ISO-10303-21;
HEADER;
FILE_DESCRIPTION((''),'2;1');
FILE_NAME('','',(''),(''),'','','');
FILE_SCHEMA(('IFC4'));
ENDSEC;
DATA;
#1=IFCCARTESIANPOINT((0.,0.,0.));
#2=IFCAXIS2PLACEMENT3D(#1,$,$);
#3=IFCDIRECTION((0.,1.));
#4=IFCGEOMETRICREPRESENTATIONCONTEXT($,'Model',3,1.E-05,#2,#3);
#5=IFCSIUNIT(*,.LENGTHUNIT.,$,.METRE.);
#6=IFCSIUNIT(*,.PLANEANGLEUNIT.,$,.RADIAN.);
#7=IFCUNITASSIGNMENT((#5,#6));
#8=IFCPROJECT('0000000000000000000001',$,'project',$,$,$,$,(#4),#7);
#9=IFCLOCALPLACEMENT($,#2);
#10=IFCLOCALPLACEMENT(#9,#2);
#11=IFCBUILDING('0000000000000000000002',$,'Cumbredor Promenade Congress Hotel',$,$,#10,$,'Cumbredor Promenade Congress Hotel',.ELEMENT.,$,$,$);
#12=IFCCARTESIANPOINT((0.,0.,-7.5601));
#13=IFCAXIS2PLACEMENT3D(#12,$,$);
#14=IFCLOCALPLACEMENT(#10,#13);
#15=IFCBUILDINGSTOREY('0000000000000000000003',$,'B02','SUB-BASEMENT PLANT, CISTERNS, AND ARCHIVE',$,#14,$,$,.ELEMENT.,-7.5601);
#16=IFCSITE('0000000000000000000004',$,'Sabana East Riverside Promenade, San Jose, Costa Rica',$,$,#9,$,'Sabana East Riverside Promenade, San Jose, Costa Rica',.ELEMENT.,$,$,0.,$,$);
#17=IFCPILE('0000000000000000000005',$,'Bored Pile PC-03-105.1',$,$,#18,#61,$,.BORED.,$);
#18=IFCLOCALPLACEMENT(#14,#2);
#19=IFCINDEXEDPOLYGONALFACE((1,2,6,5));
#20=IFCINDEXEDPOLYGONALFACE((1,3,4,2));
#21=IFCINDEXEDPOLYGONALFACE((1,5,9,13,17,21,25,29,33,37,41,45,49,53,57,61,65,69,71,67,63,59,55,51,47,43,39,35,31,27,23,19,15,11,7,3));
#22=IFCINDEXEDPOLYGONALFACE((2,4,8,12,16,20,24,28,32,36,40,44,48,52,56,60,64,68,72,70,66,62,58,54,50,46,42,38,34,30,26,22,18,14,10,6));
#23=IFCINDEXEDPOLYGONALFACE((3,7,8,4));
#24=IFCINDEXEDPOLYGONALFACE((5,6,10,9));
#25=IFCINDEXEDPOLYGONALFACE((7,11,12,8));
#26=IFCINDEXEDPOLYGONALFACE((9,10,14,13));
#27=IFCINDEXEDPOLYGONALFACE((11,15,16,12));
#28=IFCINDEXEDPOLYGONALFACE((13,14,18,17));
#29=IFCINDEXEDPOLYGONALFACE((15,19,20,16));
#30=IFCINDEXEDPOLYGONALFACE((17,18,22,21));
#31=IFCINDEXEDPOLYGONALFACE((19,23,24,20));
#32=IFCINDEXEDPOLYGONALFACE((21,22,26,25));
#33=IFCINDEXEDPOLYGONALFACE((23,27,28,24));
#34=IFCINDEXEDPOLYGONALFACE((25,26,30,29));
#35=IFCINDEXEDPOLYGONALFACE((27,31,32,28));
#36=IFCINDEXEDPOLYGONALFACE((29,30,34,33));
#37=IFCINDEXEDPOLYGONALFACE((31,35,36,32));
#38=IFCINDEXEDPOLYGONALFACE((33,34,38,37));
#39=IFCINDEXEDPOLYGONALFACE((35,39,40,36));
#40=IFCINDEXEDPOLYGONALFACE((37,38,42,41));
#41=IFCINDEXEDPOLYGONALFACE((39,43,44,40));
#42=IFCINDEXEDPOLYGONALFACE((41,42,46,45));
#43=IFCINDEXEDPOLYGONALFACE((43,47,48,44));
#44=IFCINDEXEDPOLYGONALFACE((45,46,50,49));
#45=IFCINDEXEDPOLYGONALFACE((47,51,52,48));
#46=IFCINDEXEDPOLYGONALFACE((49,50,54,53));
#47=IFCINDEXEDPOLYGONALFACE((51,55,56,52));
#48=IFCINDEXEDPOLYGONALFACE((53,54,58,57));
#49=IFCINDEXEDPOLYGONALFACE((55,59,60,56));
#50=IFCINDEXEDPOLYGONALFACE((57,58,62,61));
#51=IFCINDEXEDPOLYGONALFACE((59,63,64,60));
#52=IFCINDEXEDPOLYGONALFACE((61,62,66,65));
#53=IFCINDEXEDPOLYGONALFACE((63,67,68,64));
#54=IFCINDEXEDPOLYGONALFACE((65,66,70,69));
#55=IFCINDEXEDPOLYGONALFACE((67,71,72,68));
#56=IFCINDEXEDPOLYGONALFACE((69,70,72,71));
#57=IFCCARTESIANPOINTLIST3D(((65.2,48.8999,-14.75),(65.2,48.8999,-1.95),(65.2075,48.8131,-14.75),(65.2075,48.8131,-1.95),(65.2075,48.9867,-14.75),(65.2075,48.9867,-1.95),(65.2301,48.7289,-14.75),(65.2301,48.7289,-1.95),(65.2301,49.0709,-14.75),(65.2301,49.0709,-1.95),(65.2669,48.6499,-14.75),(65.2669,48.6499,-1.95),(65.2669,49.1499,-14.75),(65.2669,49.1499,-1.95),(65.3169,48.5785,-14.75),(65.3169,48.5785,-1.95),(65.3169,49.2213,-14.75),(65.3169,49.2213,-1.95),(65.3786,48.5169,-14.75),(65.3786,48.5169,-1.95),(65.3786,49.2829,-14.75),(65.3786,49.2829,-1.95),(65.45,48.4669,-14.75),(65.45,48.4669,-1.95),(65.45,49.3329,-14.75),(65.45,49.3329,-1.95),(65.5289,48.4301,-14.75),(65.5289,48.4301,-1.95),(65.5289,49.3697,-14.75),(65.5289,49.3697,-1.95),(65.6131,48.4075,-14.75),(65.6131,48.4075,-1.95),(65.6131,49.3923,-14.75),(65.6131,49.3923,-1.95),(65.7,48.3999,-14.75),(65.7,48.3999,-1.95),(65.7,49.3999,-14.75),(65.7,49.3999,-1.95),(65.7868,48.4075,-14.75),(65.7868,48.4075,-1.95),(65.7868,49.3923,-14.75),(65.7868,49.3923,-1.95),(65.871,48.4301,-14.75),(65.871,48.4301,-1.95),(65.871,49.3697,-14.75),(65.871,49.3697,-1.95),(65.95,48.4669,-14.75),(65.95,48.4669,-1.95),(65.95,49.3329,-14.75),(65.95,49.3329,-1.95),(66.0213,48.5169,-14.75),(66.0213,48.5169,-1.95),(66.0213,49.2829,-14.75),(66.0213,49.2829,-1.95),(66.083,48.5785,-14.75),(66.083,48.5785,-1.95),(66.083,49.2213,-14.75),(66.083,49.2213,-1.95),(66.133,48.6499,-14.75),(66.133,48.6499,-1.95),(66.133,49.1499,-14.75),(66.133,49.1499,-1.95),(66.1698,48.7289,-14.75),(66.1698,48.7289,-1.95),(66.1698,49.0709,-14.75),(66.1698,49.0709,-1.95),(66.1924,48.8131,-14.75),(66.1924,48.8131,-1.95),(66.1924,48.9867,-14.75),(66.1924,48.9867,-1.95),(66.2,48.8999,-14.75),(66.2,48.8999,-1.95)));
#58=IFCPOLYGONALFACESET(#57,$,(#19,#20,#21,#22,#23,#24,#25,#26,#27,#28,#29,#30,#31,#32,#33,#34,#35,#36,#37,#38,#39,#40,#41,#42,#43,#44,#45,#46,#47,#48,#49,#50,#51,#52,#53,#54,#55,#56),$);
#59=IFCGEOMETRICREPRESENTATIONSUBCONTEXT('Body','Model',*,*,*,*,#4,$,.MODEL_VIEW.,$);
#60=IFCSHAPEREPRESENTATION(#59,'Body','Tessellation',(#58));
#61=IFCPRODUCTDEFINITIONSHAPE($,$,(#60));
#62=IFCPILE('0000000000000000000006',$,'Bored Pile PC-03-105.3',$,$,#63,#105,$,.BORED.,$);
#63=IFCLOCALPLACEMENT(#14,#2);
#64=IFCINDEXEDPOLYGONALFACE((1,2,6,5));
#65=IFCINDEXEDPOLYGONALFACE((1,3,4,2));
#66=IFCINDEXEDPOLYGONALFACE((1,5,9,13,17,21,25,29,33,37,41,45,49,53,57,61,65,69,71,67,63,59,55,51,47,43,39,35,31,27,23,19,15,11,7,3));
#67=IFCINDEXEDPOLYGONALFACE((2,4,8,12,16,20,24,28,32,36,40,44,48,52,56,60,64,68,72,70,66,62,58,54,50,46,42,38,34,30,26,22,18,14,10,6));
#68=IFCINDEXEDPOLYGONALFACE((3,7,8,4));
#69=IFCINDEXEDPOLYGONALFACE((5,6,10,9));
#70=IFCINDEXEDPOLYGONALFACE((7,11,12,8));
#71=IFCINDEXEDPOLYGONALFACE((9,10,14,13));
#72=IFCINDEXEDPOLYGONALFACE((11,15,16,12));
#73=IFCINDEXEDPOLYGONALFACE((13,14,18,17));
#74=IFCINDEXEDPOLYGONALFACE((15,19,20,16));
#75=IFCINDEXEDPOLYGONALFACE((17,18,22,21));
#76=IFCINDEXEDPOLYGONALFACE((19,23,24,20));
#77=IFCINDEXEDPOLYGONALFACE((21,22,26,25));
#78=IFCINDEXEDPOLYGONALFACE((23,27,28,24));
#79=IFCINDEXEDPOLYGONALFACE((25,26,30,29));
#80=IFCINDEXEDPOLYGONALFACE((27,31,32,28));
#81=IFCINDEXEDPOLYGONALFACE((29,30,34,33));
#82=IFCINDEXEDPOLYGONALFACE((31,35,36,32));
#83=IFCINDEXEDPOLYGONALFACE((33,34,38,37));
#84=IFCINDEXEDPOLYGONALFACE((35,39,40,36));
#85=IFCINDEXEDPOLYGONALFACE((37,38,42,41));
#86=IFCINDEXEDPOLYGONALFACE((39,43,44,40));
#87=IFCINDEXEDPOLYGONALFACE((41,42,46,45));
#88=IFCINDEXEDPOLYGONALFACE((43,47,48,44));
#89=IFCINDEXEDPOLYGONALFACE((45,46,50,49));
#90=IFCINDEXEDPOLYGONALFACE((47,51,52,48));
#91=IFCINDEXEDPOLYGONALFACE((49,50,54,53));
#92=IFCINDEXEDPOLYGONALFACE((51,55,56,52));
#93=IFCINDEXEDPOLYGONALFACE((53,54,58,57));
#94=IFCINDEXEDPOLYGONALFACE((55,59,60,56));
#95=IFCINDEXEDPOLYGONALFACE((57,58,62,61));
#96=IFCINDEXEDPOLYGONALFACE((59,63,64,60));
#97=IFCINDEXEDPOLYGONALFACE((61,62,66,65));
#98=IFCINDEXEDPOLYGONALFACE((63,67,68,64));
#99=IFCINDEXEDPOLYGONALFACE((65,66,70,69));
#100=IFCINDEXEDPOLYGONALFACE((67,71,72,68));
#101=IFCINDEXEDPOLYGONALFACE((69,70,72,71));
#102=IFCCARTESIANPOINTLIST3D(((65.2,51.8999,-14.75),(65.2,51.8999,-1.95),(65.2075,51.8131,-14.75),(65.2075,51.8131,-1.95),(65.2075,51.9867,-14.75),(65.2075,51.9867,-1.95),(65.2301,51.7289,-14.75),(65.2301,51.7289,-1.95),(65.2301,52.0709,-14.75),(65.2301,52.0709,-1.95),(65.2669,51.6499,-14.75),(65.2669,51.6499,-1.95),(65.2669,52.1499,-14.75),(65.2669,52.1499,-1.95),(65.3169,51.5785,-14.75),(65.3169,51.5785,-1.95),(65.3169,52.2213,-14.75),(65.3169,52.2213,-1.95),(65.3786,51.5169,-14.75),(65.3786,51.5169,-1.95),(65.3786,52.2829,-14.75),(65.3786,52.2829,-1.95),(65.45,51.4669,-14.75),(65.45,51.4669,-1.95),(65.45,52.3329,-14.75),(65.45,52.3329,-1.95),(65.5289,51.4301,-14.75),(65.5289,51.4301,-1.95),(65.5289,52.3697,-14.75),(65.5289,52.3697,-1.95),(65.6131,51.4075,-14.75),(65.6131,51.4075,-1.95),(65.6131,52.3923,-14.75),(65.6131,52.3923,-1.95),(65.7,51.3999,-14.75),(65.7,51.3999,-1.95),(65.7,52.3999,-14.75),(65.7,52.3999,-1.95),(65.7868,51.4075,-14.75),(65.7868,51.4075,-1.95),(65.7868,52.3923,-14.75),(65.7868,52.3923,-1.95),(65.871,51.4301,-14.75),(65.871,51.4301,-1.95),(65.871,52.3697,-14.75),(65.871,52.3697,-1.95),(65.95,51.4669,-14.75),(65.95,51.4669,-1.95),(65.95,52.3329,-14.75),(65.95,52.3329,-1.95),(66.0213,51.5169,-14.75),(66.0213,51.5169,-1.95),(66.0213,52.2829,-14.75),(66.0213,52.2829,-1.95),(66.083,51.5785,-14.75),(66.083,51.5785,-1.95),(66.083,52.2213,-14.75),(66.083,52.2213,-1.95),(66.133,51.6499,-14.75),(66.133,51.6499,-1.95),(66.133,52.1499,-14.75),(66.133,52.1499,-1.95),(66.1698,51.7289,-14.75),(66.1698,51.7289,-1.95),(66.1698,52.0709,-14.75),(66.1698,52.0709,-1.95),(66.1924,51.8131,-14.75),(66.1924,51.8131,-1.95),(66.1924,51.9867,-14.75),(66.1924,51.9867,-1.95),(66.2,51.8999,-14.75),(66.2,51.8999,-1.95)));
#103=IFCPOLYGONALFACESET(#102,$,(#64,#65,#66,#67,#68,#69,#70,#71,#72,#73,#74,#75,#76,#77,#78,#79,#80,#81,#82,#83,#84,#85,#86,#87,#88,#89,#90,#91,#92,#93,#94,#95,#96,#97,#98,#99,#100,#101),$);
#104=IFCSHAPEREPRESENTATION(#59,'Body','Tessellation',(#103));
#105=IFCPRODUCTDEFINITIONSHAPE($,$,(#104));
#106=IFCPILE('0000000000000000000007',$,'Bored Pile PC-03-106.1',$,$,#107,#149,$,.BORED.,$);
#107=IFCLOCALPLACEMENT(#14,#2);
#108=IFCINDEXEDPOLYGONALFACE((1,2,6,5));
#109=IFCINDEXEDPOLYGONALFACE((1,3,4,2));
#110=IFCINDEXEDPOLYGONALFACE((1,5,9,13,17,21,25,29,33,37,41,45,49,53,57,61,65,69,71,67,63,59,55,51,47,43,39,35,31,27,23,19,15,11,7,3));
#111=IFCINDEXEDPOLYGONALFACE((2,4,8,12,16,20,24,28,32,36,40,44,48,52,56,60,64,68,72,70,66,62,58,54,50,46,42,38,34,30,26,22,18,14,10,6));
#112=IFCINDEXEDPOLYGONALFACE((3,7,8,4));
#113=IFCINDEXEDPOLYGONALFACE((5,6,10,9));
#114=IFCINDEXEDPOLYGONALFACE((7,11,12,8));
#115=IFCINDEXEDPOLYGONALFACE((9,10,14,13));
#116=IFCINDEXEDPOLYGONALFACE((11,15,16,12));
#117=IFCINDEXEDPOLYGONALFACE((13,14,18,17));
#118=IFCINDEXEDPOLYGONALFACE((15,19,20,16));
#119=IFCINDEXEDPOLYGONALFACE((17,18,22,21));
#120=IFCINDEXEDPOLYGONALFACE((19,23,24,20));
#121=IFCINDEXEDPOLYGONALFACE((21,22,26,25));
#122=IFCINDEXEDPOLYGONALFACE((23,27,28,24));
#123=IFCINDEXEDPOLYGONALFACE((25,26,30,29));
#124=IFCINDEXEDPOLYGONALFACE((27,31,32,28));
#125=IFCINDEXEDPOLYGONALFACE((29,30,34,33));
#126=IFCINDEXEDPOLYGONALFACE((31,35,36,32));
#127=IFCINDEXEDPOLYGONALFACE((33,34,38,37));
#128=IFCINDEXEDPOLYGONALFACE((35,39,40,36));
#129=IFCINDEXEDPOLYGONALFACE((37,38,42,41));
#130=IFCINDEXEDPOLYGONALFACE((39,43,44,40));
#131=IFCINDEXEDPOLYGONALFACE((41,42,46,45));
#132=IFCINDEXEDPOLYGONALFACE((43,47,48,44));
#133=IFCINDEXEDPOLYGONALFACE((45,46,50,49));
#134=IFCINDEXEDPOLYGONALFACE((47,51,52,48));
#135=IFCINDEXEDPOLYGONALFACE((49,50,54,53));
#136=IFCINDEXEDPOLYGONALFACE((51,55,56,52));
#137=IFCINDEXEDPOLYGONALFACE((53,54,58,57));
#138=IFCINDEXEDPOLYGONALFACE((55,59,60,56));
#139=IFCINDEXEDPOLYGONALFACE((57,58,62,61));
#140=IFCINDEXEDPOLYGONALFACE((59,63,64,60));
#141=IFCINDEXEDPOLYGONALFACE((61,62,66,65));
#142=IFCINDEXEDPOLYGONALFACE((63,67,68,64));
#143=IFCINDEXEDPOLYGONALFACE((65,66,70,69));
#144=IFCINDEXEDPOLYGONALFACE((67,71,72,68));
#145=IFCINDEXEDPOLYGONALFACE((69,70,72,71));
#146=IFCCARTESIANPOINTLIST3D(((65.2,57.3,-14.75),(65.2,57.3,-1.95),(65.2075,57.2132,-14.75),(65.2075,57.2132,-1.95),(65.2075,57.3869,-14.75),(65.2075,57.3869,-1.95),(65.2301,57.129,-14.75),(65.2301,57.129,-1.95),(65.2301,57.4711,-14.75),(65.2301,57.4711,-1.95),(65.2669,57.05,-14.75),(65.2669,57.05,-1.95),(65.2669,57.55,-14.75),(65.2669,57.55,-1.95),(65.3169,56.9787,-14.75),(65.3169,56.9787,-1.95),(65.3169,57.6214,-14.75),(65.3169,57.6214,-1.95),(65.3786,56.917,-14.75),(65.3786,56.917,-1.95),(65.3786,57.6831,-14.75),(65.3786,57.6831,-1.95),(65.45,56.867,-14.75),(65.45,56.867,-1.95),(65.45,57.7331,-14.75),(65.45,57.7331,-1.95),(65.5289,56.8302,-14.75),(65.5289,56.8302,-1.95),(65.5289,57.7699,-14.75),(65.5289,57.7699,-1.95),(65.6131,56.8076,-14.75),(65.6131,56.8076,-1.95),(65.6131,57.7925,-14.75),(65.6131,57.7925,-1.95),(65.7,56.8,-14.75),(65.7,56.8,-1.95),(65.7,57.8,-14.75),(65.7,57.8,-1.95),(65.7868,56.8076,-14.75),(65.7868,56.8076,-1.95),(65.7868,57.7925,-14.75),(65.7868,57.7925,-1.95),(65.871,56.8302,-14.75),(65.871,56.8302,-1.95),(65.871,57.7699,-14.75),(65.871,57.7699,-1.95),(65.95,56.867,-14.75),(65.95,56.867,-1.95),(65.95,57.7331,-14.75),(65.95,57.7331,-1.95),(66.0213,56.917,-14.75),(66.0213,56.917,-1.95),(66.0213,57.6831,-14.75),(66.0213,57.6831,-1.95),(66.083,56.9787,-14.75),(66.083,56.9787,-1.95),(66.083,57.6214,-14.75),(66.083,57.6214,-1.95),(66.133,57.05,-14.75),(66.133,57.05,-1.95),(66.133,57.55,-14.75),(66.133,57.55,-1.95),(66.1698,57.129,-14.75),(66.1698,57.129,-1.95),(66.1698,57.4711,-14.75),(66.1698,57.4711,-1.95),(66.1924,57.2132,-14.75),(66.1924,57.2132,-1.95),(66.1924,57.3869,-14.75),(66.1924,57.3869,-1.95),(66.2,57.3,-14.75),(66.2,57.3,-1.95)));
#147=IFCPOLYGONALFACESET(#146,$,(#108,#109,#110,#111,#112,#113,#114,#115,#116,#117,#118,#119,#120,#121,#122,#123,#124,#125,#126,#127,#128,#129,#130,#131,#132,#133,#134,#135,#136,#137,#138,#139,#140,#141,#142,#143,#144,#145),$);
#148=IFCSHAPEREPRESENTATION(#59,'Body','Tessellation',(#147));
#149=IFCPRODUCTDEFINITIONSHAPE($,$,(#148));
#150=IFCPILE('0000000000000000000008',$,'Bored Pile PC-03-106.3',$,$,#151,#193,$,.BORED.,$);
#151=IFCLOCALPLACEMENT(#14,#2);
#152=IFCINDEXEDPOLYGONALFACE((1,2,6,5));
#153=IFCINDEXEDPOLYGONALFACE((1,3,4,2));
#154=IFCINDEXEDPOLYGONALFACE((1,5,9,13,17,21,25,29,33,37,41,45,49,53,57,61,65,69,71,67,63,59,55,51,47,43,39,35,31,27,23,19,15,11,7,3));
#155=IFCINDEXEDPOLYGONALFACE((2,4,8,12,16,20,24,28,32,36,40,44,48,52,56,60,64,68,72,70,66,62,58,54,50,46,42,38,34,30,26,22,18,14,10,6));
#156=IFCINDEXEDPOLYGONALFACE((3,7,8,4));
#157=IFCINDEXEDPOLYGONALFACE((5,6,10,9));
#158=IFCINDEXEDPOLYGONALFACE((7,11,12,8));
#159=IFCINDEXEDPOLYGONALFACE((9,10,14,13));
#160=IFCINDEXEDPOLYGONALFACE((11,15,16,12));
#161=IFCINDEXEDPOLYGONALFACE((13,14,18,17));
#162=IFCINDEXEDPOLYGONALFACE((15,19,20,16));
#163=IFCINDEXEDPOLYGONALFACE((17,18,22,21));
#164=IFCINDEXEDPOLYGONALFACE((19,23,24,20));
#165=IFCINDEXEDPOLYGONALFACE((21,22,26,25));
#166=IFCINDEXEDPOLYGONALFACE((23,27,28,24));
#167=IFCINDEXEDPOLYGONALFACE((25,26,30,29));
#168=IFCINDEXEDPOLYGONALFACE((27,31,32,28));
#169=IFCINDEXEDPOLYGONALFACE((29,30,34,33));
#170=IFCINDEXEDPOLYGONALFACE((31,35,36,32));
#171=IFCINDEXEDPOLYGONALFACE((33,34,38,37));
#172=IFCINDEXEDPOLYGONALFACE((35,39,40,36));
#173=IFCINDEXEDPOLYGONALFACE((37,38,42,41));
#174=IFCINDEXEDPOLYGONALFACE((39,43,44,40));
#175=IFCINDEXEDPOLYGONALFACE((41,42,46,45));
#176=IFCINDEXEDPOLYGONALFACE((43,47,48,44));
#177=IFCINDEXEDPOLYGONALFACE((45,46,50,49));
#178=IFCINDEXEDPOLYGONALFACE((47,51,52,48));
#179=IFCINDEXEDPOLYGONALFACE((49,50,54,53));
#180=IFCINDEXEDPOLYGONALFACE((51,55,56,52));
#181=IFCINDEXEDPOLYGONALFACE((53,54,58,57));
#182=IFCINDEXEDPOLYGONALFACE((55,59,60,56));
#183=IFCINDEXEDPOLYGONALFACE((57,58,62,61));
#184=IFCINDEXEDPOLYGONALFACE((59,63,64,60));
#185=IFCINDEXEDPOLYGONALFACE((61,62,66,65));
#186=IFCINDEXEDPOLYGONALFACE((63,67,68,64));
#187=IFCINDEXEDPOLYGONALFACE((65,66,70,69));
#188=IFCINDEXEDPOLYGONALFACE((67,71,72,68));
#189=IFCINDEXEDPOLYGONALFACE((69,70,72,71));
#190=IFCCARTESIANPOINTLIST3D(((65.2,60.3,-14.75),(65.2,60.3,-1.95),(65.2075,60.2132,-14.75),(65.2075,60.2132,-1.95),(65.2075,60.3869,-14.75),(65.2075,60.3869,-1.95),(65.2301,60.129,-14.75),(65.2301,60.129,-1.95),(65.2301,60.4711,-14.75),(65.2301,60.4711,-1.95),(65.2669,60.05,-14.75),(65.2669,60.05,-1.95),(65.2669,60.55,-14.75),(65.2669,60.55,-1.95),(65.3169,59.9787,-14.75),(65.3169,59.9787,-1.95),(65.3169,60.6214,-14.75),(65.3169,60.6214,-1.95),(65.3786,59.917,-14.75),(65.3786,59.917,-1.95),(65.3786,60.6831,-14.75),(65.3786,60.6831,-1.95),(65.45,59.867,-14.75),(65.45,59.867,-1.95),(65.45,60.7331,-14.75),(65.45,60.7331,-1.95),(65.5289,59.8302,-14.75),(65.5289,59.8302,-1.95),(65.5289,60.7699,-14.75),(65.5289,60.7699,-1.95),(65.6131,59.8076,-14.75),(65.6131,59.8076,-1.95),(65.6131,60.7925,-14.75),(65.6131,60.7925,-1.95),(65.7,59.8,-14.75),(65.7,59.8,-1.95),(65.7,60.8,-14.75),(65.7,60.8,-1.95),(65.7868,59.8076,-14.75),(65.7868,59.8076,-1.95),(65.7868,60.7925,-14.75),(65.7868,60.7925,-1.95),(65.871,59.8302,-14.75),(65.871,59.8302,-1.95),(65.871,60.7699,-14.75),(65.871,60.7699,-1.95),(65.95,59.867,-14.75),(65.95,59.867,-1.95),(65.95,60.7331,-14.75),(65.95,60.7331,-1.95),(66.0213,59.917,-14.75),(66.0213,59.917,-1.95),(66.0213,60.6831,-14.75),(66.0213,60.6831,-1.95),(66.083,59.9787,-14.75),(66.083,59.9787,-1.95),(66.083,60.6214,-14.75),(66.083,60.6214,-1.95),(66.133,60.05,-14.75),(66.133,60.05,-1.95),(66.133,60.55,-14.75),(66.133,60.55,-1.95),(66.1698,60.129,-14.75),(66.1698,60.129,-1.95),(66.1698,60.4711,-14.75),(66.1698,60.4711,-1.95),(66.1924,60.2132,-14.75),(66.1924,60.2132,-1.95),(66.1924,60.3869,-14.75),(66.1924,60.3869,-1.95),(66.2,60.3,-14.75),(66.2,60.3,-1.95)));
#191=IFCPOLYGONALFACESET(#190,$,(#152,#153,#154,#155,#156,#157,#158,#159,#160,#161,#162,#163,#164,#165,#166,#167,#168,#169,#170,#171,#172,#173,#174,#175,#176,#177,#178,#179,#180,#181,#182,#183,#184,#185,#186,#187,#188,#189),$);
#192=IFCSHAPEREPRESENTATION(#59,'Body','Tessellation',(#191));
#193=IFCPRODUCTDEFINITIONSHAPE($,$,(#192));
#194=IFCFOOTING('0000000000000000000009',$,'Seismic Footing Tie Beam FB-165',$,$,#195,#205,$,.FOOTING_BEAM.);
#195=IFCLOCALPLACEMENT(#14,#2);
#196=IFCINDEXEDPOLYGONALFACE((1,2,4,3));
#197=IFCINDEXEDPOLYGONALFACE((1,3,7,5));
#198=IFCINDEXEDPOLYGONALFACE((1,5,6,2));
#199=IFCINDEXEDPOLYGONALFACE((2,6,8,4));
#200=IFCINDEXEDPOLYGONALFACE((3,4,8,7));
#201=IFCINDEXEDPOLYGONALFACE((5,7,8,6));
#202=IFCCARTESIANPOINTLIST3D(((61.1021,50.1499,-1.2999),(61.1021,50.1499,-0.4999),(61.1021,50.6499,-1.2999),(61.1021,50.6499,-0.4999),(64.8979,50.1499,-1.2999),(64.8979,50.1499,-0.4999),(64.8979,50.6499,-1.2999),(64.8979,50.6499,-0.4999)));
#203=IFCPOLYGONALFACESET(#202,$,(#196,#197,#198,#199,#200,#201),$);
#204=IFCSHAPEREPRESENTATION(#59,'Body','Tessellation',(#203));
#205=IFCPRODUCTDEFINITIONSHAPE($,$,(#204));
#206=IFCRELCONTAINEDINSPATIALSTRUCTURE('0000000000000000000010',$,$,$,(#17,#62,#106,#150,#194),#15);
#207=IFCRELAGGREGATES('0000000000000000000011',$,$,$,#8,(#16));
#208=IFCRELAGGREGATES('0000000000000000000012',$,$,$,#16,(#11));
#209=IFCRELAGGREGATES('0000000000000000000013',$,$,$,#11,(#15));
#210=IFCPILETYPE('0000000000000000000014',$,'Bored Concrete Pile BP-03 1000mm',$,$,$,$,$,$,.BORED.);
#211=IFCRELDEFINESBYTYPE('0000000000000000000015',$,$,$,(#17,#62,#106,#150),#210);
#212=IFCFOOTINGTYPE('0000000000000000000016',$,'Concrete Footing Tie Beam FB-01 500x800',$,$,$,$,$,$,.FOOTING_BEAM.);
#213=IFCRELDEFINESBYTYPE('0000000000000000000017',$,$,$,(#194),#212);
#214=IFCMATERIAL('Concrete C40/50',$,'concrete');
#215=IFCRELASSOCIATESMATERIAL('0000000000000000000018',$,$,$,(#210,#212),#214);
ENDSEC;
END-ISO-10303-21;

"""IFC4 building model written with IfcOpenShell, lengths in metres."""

from ifc_helpers import new_model, si_unit, direction, frame, origin, origin_2d, place, context, subcontext, project, spatial, rectangle, circle, extrude, material, material_profile, profile_set, type_object, element, save


model = new_model("IFC4")

# Units and contexts
model_context = context("Model", 3, precision=1e-05, world=origin(), true_north=direction((0.0, 1.0)))
body_context = subcontext(model_context, "Body", "Model", "MODEL_VIEW")
ifc_project = project(units=[si_unit("LENGTHUNIT", "METRE"), si_unit("PLANEANGLEUNIT", "RADIAN")], contexts=[model_context])

# Site, building, storey
site_placement = place(None, origin())
site = spatial("IfcSite", under=ifc_project, at=site_placement, Name="Sabana East Riverside Promenade, San Jose, Costa Rica", LongName="Sabana East Riverside Promenade, San Jose, Costa Rica", CompositionType="ELEMENT", RefElevation=0.0)
building_placement = place(site_placement, origin())
building = spatial("IfcBuilding", under=site, at=building_placement, Name="Cumbredor Promenade Congress Hotel", LongName="Cumbredor Promenade Congress Hotel", CompositionType="ELEMENT")
storey_placement = place(building_placement, frame((0.0, 0.0, -7.5601)))
storey = spatial("IfcBuildingStorey", under=building, at=storey_placement, Name="B02", Description="SUB-BASEMENT PLANT, CISTERNS, AND ARCHIVE", CompositionType="ELEMENT", Elevation=-7.5601)

# Piles
ifc_material_1 = material(Name="Concrete C40/50", Category="concrete")
ifc_material_profile_1 = material_profile(ifc_material_1, circle(Radius=0.5, at=origin_2d()), Name="PILE D1000")
ifc_profile_set_1 = profile_set([ifc_material_profile_1], Name="Concrete C40/50")
pile_type = type_object("IfcPileType", Name="Bored Concrete Pile BP-03 1000mm", PredefinedType="BORED", material=ifc_profile_set_1)
for number, where, z_axis, x_axis, name in (
    (1, (65.7, 48.8999, -1.95), (0.0, 0.0, -1.0), (1.0, 0.0, 0.0), "Bored Pile PC-03-105.1"),
    (2, (65.7, 51.8999, -1.95), (0.0, 0.0, -1.0), (1.0, 0.0, 0.0), "Bored Pile PC-03-105.3"),
    (3, (65.7, 57.3, -1.95), (0.0, 0.0, -1.0), (1.0, 0.0, 0.0), "Bored Pile PC-03-106.1"),
    (4, (65.7, 60.3, -1.95), (0.0, 0.0, -1.0), (1.0, 0.0, 0.0), "Bored Pile PC-03-106.3"),
):
    element("IfcPile", number, at=place(storey_placement, frame(where, z_axis=z_axis, x_axis=x_axis)), inside=storey, type_object=pile_type, Name=name, PredefinedType="BORED", context=body_context, shape_type="SweptSolid", body=[
        extrude(circle(Radius=0.5, at=origin_2d()), origin(), (0.0, 0.0, 1.0), 12.8),
    ])

# Footing
ifc_material_profile_2 = material_profile(ifc_material_1, rectangle(XDim=0.5, YDim=0.8, at=origin_2d()), Name="FB 500x800")
ifc_profile_set_2 = profile_set([ifc_material_profile_2], Name="Concrete C40/50")
footing_type_1 = type_object("IfcFootingType", Name="Concrete Footing Tie Beam FB-01 500x800", PredefinedType="FOOTING_BEAM", material=ifc_profile_set_2)
footing_1_placement = place(storey_placement, frame((61.1021, 50.3999, -0.8999), z_axis=(1.0, 0.0, 0.0), x_axis=(0.0, 1.0, 0.0)))
element("IfcFooting", 5, at=footing_1_placement, inside=storey, type_object=footing_type_1, Name="Seismic Footing Tie Beam FB-165", PredefinedType="FOOTING_BEAM", context=body_context, shape_type="SweptSolid", body=[
    extrude(rectangle(XDim=0.5, YDim=0.8, at=origin_2d()), origin(), (0.0, 0.0, 1.0), 3.7959),
])

save(model, "model.ifc")
